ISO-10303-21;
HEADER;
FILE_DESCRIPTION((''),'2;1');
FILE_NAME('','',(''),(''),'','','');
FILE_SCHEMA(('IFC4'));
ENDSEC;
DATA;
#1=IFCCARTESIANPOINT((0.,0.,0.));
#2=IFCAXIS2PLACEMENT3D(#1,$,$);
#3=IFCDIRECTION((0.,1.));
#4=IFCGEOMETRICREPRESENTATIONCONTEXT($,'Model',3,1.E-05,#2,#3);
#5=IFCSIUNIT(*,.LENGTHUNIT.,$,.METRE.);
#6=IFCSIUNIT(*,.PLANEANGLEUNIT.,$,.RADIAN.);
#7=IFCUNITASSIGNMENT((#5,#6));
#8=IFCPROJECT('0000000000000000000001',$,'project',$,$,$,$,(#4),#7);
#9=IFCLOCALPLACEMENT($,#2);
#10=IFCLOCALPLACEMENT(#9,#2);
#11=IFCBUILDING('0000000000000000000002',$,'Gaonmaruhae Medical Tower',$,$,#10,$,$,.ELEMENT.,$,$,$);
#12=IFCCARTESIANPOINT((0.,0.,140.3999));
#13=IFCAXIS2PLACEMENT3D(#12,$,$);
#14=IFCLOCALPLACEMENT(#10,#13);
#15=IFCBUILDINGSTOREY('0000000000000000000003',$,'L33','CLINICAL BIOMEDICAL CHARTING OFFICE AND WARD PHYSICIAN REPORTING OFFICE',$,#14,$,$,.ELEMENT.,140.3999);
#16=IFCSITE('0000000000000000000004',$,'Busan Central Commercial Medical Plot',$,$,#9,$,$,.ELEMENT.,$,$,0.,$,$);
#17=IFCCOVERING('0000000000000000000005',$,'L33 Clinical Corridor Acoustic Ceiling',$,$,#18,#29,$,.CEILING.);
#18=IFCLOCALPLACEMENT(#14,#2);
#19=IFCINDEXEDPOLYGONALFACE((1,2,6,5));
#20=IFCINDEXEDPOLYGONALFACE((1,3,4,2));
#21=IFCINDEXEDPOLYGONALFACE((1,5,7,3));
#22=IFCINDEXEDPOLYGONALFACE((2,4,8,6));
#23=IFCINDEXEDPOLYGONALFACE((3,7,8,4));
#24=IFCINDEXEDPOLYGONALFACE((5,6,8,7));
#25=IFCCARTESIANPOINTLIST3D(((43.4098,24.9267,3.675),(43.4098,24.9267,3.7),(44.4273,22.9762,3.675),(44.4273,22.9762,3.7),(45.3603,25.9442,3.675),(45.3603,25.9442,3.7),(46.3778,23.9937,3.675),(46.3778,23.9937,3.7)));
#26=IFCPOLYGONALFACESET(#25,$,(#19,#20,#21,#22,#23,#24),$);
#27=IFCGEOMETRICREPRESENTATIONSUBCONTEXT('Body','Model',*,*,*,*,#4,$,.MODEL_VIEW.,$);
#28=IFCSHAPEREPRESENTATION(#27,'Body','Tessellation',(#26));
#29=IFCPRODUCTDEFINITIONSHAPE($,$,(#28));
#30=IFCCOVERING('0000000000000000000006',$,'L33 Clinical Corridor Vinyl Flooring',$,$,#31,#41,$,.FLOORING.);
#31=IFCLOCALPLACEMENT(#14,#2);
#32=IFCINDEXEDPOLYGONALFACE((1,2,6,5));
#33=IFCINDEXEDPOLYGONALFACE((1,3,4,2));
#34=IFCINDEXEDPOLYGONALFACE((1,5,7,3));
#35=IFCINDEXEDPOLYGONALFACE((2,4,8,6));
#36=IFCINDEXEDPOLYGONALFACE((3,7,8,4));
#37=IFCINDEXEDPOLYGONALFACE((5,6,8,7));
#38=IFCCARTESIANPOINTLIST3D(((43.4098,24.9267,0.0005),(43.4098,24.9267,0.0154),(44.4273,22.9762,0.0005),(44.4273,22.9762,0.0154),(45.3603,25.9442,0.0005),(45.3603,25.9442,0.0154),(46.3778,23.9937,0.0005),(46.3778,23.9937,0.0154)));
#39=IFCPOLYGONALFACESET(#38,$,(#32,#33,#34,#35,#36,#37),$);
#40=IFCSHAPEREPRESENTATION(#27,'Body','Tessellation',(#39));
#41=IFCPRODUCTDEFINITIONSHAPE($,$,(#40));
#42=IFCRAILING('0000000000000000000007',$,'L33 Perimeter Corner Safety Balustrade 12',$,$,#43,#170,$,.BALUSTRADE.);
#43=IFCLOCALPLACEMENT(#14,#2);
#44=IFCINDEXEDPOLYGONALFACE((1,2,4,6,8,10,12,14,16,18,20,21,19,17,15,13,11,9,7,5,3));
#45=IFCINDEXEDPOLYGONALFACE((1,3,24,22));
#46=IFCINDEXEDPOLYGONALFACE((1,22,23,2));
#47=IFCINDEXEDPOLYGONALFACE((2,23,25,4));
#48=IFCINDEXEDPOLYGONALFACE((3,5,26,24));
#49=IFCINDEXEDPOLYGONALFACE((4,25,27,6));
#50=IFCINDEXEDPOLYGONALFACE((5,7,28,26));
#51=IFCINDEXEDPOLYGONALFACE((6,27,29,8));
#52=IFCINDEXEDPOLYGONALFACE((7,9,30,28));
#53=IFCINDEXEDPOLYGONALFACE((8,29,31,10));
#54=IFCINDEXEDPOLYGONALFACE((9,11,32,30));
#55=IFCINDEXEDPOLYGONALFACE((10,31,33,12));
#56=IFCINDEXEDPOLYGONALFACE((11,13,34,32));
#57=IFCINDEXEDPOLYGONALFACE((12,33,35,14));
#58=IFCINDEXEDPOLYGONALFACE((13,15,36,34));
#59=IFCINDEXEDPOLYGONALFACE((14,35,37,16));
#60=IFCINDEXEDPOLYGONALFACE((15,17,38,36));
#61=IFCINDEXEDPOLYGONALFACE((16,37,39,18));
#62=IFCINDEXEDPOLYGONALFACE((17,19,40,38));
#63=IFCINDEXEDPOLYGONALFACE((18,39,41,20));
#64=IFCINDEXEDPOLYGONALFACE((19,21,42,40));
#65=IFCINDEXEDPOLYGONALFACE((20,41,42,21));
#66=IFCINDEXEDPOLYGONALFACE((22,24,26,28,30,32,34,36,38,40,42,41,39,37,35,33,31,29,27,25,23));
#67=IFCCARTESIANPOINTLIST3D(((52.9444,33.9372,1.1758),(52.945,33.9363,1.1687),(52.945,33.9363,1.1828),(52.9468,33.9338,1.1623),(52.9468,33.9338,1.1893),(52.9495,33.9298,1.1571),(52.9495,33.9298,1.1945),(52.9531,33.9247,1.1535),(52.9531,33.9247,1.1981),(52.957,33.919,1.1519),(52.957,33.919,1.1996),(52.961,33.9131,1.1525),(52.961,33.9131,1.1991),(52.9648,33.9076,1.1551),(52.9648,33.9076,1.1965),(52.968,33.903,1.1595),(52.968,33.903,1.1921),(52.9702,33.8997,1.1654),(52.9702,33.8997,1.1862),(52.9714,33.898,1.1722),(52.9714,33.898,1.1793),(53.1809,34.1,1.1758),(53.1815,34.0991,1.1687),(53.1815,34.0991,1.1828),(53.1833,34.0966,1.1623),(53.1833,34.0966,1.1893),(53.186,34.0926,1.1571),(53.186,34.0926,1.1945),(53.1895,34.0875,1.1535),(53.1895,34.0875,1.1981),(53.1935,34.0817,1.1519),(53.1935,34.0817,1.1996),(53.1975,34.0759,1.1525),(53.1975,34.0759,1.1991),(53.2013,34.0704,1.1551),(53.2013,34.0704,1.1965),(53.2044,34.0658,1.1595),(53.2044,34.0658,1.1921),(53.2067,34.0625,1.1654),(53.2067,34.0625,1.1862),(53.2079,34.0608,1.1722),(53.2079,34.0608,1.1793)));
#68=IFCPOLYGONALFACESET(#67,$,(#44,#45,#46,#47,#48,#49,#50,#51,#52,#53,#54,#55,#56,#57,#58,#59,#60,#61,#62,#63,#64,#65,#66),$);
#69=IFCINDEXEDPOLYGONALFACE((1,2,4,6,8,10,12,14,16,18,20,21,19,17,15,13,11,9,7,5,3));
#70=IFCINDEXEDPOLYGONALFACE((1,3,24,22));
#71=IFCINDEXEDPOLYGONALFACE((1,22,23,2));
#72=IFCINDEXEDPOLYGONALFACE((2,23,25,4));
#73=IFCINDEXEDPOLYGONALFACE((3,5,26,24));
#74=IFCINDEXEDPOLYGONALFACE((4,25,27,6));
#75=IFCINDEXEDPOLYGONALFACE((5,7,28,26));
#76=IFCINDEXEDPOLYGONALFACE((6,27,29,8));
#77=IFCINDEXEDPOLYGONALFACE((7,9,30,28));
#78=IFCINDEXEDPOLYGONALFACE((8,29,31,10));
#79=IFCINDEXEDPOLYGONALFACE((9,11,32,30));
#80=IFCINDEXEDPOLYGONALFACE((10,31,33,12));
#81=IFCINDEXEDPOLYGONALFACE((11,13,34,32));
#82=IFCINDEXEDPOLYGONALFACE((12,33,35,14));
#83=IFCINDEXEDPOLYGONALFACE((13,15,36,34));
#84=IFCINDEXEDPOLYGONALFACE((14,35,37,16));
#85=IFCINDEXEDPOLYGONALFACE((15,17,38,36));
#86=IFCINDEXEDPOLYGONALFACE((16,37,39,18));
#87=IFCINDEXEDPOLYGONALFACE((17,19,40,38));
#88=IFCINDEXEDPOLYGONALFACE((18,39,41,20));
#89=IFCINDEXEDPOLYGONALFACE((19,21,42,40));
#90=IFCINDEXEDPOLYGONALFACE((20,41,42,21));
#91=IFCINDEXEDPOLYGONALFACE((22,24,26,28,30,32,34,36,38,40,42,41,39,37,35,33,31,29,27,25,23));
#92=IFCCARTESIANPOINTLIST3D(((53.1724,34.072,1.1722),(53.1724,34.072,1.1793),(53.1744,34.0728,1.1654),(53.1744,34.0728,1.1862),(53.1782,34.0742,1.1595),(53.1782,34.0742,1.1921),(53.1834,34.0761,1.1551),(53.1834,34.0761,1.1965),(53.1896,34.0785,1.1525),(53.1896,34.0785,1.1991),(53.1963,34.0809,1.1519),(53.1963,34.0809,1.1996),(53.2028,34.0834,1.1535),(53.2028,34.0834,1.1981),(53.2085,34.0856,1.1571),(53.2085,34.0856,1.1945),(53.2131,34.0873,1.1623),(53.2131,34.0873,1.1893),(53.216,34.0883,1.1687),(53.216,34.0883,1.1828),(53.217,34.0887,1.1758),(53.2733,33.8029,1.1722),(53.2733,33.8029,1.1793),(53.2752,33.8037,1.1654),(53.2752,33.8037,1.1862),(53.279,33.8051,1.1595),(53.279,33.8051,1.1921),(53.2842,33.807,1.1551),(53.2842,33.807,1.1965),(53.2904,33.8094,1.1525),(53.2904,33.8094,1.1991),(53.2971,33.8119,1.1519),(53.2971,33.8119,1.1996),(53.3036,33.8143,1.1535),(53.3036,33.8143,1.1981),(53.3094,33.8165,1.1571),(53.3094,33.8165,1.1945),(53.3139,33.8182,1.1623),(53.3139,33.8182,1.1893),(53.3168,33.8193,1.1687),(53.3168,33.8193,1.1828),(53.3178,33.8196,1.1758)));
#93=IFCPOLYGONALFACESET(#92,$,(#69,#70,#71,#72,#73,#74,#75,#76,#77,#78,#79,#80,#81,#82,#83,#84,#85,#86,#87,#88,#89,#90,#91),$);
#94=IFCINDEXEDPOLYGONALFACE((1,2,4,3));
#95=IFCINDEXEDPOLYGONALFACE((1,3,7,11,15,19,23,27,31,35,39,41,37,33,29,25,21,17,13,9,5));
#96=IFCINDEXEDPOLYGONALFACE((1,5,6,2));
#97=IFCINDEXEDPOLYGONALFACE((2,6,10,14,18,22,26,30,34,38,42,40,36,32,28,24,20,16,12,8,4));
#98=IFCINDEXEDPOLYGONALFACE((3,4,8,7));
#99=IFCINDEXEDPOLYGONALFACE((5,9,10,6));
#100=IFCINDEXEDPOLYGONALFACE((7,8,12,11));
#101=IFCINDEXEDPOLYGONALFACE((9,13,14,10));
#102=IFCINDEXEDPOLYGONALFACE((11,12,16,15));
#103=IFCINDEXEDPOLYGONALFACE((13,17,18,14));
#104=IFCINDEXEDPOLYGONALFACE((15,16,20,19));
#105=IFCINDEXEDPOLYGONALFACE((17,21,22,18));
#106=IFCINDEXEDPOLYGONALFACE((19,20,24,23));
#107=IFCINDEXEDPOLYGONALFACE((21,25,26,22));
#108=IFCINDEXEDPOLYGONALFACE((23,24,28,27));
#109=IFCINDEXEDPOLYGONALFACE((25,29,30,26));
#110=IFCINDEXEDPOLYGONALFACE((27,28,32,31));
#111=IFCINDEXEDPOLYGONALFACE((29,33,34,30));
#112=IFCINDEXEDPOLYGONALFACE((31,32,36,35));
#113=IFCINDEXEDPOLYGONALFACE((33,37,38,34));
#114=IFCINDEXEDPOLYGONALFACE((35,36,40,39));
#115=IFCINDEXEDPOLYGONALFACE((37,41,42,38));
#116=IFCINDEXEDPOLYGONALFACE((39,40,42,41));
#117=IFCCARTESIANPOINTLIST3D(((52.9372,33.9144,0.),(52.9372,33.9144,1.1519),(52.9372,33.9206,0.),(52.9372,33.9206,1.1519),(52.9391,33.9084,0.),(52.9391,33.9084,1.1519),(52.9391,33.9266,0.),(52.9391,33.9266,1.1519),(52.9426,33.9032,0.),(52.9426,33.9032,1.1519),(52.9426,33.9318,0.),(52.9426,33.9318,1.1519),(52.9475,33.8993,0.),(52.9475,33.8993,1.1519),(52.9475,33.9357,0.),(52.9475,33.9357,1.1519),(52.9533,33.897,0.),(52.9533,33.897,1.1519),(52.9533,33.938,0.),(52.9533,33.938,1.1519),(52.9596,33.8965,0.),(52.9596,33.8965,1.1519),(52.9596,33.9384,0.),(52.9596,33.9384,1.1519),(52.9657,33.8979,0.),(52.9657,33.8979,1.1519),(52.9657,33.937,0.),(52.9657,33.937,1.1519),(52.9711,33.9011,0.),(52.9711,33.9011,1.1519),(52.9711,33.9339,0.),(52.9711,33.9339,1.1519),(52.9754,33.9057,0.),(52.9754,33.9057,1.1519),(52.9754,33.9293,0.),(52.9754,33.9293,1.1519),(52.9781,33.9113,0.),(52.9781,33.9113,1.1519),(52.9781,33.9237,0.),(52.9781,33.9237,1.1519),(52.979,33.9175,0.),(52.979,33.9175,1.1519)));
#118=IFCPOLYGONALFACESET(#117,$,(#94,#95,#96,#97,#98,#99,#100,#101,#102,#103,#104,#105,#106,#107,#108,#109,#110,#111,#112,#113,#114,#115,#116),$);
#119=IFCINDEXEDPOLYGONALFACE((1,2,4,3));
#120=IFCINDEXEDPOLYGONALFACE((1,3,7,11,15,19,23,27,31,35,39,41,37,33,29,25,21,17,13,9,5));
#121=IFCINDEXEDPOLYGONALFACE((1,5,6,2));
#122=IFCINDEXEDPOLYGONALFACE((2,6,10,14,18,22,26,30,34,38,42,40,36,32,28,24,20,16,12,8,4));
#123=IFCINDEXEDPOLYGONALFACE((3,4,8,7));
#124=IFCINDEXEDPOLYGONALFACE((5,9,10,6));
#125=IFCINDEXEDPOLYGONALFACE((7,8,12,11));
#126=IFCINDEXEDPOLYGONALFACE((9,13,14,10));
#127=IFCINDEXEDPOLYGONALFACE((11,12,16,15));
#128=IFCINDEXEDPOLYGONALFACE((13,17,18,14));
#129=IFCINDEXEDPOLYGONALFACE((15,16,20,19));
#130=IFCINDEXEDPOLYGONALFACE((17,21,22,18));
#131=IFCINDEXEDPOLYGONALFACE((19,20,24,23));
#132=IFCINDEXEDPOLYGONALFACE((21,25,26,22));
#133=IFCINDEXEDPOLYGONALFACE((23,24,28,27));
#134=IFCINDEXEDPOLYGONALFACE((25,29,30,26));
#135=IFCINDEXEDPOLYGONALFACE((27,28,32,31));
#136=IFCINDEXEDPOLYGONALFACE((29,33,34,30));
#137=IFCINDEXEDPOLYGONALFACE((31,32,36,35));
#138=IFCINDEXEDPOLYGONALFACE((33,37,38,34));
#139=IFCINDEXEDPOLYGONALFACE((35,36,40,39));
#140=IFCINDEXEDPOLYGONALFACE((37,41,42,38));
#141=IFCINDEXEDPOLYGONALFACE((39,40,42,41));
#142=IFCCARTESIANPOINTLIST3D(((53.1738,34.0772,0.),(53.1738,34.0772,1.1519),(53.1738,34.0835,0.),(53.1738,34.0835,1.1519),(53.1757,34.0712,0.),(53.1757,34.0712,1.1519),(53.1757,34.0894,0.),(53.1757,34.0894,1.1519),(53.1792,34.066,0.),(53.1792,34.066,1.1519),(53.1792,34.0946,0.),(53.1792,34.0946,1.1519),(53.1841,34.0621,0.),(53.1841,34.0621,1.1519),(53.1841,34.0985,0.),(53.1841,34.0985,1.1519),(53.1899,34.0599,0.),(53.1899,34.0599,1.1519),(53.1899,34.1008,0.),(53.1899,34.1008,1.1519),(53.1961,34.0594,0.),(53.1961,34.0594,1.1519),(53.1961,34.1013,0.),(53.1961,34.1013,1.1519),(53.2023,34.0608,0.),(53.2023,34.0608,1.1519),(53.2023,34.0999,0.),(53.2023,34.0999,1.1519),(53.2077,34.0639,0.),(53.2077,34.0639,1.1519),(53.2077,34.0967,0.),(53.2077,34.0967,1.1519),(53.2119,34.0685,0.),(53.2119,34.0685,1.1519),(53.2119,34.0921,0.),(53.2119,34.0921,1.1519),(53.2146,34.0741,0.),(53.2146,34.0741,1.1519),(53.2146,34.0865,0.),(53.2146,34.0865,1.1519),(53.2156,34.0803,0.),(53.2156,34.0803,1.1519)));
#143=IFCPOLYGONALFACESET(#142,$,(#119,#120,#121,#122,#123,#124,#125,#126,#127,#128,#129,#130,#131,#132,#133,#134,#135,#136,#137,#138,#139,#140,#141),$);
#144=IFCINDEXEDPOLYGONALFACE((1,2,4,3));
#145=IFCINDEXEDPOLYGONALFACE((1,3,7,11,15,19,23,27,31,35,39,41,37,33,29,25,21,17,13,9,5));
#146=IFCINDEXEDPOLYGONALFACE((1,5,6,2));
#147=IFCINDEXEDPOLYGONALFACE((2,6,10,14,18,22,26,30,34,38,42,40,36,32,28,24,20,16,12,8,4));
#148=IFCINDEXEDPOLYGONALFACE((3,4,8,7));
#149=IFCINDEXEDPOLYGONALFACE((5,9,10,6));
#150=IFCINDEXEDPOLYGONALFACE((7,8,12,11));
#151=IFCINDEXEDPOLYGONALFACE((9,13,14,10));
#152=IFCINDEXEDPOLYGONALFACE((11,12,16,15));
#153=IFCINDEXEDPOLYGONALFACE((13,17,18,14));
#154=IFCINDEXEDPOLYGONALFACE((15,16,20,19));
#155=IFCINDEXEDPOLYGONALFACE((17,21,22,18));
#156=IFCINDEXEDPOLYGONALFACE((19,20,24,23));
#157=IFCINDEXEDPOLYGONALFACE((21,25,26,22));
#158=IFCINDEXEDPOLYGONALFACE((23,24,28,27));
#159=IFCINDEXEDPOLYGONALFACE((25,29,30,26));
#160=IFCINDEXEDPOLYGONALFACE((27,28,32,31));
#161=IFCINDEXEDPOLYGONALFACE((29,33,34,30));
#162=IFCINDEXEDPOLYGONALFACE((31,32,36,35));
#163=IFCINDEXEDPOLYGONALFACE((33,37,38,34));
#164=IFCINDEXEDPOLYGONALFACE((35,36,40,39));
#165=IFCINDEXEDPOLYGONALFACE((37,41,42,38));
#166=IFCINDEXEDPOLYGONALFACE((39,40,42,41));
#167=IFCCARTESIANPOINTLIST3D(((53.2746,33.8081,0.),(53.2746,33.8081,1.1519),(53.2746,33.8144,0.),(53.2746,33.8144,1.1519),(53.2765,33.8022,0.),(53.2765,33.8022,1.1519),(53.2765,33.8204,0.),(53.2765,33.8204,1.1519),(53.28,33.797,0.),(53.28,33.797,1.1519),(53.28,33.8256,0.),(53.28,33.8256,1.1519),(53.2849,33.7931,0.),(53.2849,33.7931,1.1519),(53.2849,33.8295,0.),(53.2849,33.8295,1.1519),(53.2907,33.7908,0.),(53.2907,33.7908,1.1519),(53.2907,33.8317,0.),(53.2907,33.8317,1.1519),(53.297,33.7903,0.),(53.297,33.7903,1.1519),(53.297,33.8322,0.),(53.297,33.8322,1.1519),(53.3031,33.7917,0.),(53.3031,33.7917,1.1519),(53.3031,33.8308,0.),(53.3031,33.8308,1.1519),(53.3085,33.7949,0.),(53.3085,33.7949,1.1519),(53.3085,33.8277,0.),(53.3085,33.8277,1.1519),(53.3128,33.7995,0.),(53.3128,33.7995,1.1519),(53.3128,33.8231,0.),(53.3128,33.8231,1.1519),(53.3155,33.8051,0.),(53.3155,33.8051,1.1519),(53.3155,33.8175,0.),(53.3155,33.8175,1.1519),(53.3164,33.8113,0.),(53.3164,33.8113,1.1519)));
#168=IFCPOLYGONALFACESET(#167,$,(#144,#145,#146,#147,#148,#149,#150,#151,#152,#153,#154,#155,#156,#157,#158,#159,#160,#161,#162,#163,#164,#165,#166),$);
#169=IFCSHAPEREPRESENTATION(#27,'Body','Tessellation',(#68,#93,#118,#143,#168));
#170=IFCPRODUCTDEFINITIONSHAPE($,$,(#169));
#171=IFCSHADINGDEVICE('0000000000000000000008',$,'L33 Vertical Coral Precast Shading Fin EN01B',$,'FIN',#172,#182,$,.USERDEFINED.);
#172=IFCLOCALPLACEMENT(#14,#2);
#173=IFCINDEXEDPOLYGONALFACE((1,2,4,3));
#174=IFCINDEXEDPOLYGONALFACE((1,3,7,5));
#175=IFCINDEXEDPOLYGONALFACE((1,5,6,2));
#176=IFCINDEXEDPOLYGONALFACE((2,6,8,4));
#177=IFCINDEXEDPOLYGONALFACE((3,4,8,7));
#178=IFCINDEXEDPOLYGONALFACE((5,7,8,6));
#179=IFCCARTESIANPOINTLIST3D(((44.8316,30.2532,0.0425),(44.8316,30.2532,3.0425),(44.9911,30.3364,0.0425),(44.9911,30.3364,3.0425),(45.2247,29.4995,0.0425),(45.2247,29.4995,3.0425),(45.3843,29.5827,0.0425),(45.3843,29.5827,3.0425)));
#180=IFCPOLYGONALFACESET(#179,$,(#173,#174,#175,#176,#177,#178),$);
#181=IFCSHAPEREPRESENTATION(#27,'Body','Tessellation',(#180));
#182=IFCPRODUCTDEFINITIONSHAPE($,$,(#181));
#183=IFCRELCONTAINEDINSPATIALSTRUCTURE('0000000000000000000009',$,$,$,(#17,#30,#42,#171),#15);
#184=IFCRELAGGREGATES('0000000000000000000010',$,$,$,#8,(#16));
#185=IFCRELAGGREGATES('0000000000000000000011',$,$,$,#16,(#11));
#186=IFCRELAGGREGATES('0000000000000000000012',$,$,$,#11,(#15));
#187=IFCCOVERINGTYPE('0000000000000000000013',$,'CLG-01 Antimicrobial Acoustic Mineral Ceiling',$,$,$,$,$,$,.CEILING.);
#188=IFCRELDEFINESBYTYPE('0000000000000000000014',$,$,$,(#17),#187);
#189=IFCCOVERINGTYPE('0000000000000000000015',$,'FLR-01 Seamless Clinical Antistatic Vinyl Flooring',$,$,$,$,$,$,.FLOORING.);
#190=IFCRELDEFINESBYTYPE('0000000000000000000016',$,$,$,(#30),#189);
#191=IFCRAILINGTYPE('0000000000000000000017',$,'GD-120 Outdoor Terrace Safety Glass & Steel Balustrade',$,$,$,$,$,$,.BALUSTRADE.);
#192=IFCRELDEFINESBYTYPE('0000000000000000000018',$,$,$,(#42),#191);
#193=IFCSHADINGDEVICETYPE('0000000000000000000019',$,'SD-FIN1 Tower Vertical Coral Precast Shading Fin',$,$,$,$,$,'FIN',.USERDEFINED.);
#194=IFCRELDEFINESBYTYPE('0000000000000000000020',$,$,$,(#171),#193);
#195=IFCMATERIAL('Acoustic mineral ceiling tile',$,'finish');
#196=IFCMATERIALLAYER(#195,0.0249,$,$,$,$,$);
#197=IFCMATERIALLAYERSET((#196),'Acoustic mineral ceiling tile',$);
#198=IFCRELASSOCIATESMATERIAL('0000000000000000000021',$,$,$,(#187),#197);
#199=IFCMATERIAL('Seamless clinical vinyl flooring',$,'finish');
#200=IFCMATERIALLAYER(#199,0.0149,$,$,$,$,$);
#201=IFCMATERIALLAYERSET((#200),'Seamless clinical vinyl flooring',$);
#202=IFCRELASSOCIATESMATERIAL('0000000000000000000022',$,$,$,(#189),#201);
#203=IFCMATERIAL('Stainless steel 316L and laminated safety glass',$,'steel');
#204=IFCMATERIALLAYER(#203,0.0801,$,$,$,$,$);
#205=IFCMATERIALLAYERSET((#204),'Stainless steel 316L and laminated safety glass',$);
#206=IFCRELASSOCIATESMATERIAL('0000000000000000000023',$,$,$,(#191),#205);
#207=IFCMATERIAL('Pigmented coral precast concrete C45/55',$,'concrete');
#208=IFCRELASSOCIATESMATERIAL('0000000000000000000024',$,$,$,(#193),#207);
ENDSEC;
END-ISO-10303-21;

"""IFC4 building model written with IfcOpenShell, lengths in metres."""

from ifc_helpers import new_model, si_unit, direction, frame, origin, origin_2d, place, context, subcontext, project, spatial, rectangle, circle, extrude, material, layer, layer_set, type_object, element, save


model = new_model("IFC4")

# Units and contexts
model_context = context("Model", 3, precision=1e-05, world=origin(), true_north=direction((0.0, 1.0)))
body_context = subcontext(model_context, "Body", "Model", "MODEL_VIEW")
ifc_project = project(units=[si_unit("LENGTHUNIT", "METRE"), si_unit("PLANEANGLEUNIT", "RADIAN")], contexts=[model_context])

# Site, building, storey
site_placement = place(None, origin())
site = spatial("IfcSite", under=ifc_project, at=site_placement, Name="Busan Central Commercial Medical Plot", CompositionType="ELEMENT", RefElevation=0.0)
building_placement = place(site_placement, origin())
building = spatial("IfcBuilding", under=site, at=building_placement, Name="Gaonmaruhae Medical Tower", CompositionType="ELEMENT")
storey_placement = place(building_placement, frame((0.0, 0.0, 140.3999)))
storey = spatial("IfcBuildingStorey", under=building, at=storey_placement, Name="L33", Description="CLINICAL BIOMEDICAL CHARTING OFFICE AND WARD PHYSICIAN REPORTING OFFICE", CompositionType="ELEMENT", Elevation=140.3999)

# Coverings
ifc_material_1 = material(Name="Acoustic mineral ceiling tile", Category="finish")
ifc_layer_1 = layer(ifc_material_1, 0.0249)
ifc_layer_set_1 = layer_set([ifc_layer_1], Name="Acoustic mineral ceiling tile")
covering_type_1 = type_object("IfcCoveringType", Name="CLG-01 Antimicrobial Acoustic Mineral Ceiling", PredefinedType="CEILING", material=ifc_layer_set_1)
covering_1_placement = place(storey_placement, frame((44.8938, 24.4602, 3.675), z_axis=(0.0, 0.0, 1.0), x_axis=(0.886608, 0.462523, 0.0)))
element("IfcCovering", 1, at=covering_1_placement, inside=storey, type_object=covering_type_1, Name="L33 Clinical Corridor Acoustic Ceiling", PredefinedType="CEILING", context=body_context, shape_type="SweptSolid", body=[
    extrude(rectangle(XDim=2.2, YDim=2.2, at=origin_2d()), origin(), (0.0, 0.0, 1.0), 0.0249),
])
ifc_material_2 = material(Name="Seamless clinical vinyl flooring", Category="finish")
ifc_layer_2 = layer(ifc_material_2, 0.0149)
ifc_layer_set_2 = layer_set([ifc_layer_2], Name="Seamless clinical vinyl flooring")
covering_type_2 = type_object("IfcCoveringType", Name="FLR-01 Seamless Clinical Antistatic Vinyl Flooring", PredefinedType="FLOORING", material=ifc_layer_set_2)
covering_2_placement = place(storey_placement, frame((44.8938, 24.4602, 0.0005), z_axis=(0.0, 0.0, 1.0), x_axis=(0.886608, 0.462523, 0.0)))
element("IfcCovering", 2, at=covering_2_placement, inside=storey, type_object=covering_type_2, Name="L33 Clinical Corridor Vinyl Flooring", PredefinedType="FLOORING", context=body_context, shape_type="SweptSolid", body=[
    extrude(rectangle(XDim=2.2, YDim=2.2, at=origin_2d()), origin(), (0.0, 0.0, 1.0), 0.0149),
])

# Railing
ifc_material_3 = material(Name="Stainless steel 316L and laminated safety glass", Category="steel")
ifc_layer_3 = layer(ifc_material_3, 0.0801)
ifc_layer_set_3 = layer_set([ifc_layer_3], Name="Stainless steel 316L and laminated safety glass")
railing_type = type_object("IfcRailingType", Name="GD-120 Outdoor Terrace Safety Glass & Steel Balustrade", PredefinedType="BALUSTRADE", material=ifc_layer_set_3)
railing_1_placement = place(storey_placement, frame((52.958, 33.9175, 0.0)))
element("IfcRailing", 3, at=railing_1_placement, inside=storey, type_object=railing_type, Name="L33 Perimeter Corner Safety Balustrade 12", PredefinedType="BALUSTRADE", context=body_context, shape_type="SweptSolid", body=[
    extrude(circle(Radius=0.0239, at=origin_2d()), frame((0.0, 0.0, 1.1758), z_axis=(0.823719, 0.566998, 0.0), x_axis=(-0.566998, 0.823719, 0.0)), (0.0, 0.0, 1.0), 0.2871),
    extrude(circle(Radius=0.0239, at=origin_2d()), frame((0.2366, 0.1628, 1.1758), z_axis=(0.350937, -0.936399, 0.0), x_axis=(0.936399, 0.350937, 0.0)), (0.0, 0.0, 1.0), 0.2874),
    extrude(circle(Radius=0.021, at=origin_2d()), origin(), (0.0, 0.0, 1.0), 1.1519),
    extrude(circle(Radius=0.021, at=origin_2d()), frame((0.2366, 0.1628, 0.0)), (0.0, 0.0, 1.0), 1.1519),
    extrude(circle(Radius=0.021, at=origin_2d()), frame((0.3374, -0.1062, 0.0)), (0.0, 0.0, 1.0), 1.1519),
])

# Shading device
ifc_material_4 = material(Name="Pigmented coral precast concrete C45/55", Category="concrete")
shading_device_type = type_object("IfcShadingDeviceType", Name="SD-FIN1 Tower Vertical Coral Precast Shading Fin", ElementType="FIN", PredefinedType="USERDEFINED", material=ifc_material_4)
shading_device_placement = place(storey_placement, frame((45.1079, 29.918, 0.0425), z_axis=(0.0, 0.0, 1.0), x_axis=(0.886608, 0.462523, 0.0)))
element("IfcShadingDevice", 4, at=shading_device_placement, inside=storey, type_object=shading_device_type, Name="L33 Vertical Coral Precast Shading Fin EN01B", ObjectType="FIN", PredefinedType="USERDEFINED", context=body_context, shape_type="SweptSolid", body=[
    extrude(rectangle(XDim=0.1799, YDim=0.8501, at=origin_2d()), origin(), (0.0, 0.0, 1.0), 3.0),
])

save(model, "model.ifc")
